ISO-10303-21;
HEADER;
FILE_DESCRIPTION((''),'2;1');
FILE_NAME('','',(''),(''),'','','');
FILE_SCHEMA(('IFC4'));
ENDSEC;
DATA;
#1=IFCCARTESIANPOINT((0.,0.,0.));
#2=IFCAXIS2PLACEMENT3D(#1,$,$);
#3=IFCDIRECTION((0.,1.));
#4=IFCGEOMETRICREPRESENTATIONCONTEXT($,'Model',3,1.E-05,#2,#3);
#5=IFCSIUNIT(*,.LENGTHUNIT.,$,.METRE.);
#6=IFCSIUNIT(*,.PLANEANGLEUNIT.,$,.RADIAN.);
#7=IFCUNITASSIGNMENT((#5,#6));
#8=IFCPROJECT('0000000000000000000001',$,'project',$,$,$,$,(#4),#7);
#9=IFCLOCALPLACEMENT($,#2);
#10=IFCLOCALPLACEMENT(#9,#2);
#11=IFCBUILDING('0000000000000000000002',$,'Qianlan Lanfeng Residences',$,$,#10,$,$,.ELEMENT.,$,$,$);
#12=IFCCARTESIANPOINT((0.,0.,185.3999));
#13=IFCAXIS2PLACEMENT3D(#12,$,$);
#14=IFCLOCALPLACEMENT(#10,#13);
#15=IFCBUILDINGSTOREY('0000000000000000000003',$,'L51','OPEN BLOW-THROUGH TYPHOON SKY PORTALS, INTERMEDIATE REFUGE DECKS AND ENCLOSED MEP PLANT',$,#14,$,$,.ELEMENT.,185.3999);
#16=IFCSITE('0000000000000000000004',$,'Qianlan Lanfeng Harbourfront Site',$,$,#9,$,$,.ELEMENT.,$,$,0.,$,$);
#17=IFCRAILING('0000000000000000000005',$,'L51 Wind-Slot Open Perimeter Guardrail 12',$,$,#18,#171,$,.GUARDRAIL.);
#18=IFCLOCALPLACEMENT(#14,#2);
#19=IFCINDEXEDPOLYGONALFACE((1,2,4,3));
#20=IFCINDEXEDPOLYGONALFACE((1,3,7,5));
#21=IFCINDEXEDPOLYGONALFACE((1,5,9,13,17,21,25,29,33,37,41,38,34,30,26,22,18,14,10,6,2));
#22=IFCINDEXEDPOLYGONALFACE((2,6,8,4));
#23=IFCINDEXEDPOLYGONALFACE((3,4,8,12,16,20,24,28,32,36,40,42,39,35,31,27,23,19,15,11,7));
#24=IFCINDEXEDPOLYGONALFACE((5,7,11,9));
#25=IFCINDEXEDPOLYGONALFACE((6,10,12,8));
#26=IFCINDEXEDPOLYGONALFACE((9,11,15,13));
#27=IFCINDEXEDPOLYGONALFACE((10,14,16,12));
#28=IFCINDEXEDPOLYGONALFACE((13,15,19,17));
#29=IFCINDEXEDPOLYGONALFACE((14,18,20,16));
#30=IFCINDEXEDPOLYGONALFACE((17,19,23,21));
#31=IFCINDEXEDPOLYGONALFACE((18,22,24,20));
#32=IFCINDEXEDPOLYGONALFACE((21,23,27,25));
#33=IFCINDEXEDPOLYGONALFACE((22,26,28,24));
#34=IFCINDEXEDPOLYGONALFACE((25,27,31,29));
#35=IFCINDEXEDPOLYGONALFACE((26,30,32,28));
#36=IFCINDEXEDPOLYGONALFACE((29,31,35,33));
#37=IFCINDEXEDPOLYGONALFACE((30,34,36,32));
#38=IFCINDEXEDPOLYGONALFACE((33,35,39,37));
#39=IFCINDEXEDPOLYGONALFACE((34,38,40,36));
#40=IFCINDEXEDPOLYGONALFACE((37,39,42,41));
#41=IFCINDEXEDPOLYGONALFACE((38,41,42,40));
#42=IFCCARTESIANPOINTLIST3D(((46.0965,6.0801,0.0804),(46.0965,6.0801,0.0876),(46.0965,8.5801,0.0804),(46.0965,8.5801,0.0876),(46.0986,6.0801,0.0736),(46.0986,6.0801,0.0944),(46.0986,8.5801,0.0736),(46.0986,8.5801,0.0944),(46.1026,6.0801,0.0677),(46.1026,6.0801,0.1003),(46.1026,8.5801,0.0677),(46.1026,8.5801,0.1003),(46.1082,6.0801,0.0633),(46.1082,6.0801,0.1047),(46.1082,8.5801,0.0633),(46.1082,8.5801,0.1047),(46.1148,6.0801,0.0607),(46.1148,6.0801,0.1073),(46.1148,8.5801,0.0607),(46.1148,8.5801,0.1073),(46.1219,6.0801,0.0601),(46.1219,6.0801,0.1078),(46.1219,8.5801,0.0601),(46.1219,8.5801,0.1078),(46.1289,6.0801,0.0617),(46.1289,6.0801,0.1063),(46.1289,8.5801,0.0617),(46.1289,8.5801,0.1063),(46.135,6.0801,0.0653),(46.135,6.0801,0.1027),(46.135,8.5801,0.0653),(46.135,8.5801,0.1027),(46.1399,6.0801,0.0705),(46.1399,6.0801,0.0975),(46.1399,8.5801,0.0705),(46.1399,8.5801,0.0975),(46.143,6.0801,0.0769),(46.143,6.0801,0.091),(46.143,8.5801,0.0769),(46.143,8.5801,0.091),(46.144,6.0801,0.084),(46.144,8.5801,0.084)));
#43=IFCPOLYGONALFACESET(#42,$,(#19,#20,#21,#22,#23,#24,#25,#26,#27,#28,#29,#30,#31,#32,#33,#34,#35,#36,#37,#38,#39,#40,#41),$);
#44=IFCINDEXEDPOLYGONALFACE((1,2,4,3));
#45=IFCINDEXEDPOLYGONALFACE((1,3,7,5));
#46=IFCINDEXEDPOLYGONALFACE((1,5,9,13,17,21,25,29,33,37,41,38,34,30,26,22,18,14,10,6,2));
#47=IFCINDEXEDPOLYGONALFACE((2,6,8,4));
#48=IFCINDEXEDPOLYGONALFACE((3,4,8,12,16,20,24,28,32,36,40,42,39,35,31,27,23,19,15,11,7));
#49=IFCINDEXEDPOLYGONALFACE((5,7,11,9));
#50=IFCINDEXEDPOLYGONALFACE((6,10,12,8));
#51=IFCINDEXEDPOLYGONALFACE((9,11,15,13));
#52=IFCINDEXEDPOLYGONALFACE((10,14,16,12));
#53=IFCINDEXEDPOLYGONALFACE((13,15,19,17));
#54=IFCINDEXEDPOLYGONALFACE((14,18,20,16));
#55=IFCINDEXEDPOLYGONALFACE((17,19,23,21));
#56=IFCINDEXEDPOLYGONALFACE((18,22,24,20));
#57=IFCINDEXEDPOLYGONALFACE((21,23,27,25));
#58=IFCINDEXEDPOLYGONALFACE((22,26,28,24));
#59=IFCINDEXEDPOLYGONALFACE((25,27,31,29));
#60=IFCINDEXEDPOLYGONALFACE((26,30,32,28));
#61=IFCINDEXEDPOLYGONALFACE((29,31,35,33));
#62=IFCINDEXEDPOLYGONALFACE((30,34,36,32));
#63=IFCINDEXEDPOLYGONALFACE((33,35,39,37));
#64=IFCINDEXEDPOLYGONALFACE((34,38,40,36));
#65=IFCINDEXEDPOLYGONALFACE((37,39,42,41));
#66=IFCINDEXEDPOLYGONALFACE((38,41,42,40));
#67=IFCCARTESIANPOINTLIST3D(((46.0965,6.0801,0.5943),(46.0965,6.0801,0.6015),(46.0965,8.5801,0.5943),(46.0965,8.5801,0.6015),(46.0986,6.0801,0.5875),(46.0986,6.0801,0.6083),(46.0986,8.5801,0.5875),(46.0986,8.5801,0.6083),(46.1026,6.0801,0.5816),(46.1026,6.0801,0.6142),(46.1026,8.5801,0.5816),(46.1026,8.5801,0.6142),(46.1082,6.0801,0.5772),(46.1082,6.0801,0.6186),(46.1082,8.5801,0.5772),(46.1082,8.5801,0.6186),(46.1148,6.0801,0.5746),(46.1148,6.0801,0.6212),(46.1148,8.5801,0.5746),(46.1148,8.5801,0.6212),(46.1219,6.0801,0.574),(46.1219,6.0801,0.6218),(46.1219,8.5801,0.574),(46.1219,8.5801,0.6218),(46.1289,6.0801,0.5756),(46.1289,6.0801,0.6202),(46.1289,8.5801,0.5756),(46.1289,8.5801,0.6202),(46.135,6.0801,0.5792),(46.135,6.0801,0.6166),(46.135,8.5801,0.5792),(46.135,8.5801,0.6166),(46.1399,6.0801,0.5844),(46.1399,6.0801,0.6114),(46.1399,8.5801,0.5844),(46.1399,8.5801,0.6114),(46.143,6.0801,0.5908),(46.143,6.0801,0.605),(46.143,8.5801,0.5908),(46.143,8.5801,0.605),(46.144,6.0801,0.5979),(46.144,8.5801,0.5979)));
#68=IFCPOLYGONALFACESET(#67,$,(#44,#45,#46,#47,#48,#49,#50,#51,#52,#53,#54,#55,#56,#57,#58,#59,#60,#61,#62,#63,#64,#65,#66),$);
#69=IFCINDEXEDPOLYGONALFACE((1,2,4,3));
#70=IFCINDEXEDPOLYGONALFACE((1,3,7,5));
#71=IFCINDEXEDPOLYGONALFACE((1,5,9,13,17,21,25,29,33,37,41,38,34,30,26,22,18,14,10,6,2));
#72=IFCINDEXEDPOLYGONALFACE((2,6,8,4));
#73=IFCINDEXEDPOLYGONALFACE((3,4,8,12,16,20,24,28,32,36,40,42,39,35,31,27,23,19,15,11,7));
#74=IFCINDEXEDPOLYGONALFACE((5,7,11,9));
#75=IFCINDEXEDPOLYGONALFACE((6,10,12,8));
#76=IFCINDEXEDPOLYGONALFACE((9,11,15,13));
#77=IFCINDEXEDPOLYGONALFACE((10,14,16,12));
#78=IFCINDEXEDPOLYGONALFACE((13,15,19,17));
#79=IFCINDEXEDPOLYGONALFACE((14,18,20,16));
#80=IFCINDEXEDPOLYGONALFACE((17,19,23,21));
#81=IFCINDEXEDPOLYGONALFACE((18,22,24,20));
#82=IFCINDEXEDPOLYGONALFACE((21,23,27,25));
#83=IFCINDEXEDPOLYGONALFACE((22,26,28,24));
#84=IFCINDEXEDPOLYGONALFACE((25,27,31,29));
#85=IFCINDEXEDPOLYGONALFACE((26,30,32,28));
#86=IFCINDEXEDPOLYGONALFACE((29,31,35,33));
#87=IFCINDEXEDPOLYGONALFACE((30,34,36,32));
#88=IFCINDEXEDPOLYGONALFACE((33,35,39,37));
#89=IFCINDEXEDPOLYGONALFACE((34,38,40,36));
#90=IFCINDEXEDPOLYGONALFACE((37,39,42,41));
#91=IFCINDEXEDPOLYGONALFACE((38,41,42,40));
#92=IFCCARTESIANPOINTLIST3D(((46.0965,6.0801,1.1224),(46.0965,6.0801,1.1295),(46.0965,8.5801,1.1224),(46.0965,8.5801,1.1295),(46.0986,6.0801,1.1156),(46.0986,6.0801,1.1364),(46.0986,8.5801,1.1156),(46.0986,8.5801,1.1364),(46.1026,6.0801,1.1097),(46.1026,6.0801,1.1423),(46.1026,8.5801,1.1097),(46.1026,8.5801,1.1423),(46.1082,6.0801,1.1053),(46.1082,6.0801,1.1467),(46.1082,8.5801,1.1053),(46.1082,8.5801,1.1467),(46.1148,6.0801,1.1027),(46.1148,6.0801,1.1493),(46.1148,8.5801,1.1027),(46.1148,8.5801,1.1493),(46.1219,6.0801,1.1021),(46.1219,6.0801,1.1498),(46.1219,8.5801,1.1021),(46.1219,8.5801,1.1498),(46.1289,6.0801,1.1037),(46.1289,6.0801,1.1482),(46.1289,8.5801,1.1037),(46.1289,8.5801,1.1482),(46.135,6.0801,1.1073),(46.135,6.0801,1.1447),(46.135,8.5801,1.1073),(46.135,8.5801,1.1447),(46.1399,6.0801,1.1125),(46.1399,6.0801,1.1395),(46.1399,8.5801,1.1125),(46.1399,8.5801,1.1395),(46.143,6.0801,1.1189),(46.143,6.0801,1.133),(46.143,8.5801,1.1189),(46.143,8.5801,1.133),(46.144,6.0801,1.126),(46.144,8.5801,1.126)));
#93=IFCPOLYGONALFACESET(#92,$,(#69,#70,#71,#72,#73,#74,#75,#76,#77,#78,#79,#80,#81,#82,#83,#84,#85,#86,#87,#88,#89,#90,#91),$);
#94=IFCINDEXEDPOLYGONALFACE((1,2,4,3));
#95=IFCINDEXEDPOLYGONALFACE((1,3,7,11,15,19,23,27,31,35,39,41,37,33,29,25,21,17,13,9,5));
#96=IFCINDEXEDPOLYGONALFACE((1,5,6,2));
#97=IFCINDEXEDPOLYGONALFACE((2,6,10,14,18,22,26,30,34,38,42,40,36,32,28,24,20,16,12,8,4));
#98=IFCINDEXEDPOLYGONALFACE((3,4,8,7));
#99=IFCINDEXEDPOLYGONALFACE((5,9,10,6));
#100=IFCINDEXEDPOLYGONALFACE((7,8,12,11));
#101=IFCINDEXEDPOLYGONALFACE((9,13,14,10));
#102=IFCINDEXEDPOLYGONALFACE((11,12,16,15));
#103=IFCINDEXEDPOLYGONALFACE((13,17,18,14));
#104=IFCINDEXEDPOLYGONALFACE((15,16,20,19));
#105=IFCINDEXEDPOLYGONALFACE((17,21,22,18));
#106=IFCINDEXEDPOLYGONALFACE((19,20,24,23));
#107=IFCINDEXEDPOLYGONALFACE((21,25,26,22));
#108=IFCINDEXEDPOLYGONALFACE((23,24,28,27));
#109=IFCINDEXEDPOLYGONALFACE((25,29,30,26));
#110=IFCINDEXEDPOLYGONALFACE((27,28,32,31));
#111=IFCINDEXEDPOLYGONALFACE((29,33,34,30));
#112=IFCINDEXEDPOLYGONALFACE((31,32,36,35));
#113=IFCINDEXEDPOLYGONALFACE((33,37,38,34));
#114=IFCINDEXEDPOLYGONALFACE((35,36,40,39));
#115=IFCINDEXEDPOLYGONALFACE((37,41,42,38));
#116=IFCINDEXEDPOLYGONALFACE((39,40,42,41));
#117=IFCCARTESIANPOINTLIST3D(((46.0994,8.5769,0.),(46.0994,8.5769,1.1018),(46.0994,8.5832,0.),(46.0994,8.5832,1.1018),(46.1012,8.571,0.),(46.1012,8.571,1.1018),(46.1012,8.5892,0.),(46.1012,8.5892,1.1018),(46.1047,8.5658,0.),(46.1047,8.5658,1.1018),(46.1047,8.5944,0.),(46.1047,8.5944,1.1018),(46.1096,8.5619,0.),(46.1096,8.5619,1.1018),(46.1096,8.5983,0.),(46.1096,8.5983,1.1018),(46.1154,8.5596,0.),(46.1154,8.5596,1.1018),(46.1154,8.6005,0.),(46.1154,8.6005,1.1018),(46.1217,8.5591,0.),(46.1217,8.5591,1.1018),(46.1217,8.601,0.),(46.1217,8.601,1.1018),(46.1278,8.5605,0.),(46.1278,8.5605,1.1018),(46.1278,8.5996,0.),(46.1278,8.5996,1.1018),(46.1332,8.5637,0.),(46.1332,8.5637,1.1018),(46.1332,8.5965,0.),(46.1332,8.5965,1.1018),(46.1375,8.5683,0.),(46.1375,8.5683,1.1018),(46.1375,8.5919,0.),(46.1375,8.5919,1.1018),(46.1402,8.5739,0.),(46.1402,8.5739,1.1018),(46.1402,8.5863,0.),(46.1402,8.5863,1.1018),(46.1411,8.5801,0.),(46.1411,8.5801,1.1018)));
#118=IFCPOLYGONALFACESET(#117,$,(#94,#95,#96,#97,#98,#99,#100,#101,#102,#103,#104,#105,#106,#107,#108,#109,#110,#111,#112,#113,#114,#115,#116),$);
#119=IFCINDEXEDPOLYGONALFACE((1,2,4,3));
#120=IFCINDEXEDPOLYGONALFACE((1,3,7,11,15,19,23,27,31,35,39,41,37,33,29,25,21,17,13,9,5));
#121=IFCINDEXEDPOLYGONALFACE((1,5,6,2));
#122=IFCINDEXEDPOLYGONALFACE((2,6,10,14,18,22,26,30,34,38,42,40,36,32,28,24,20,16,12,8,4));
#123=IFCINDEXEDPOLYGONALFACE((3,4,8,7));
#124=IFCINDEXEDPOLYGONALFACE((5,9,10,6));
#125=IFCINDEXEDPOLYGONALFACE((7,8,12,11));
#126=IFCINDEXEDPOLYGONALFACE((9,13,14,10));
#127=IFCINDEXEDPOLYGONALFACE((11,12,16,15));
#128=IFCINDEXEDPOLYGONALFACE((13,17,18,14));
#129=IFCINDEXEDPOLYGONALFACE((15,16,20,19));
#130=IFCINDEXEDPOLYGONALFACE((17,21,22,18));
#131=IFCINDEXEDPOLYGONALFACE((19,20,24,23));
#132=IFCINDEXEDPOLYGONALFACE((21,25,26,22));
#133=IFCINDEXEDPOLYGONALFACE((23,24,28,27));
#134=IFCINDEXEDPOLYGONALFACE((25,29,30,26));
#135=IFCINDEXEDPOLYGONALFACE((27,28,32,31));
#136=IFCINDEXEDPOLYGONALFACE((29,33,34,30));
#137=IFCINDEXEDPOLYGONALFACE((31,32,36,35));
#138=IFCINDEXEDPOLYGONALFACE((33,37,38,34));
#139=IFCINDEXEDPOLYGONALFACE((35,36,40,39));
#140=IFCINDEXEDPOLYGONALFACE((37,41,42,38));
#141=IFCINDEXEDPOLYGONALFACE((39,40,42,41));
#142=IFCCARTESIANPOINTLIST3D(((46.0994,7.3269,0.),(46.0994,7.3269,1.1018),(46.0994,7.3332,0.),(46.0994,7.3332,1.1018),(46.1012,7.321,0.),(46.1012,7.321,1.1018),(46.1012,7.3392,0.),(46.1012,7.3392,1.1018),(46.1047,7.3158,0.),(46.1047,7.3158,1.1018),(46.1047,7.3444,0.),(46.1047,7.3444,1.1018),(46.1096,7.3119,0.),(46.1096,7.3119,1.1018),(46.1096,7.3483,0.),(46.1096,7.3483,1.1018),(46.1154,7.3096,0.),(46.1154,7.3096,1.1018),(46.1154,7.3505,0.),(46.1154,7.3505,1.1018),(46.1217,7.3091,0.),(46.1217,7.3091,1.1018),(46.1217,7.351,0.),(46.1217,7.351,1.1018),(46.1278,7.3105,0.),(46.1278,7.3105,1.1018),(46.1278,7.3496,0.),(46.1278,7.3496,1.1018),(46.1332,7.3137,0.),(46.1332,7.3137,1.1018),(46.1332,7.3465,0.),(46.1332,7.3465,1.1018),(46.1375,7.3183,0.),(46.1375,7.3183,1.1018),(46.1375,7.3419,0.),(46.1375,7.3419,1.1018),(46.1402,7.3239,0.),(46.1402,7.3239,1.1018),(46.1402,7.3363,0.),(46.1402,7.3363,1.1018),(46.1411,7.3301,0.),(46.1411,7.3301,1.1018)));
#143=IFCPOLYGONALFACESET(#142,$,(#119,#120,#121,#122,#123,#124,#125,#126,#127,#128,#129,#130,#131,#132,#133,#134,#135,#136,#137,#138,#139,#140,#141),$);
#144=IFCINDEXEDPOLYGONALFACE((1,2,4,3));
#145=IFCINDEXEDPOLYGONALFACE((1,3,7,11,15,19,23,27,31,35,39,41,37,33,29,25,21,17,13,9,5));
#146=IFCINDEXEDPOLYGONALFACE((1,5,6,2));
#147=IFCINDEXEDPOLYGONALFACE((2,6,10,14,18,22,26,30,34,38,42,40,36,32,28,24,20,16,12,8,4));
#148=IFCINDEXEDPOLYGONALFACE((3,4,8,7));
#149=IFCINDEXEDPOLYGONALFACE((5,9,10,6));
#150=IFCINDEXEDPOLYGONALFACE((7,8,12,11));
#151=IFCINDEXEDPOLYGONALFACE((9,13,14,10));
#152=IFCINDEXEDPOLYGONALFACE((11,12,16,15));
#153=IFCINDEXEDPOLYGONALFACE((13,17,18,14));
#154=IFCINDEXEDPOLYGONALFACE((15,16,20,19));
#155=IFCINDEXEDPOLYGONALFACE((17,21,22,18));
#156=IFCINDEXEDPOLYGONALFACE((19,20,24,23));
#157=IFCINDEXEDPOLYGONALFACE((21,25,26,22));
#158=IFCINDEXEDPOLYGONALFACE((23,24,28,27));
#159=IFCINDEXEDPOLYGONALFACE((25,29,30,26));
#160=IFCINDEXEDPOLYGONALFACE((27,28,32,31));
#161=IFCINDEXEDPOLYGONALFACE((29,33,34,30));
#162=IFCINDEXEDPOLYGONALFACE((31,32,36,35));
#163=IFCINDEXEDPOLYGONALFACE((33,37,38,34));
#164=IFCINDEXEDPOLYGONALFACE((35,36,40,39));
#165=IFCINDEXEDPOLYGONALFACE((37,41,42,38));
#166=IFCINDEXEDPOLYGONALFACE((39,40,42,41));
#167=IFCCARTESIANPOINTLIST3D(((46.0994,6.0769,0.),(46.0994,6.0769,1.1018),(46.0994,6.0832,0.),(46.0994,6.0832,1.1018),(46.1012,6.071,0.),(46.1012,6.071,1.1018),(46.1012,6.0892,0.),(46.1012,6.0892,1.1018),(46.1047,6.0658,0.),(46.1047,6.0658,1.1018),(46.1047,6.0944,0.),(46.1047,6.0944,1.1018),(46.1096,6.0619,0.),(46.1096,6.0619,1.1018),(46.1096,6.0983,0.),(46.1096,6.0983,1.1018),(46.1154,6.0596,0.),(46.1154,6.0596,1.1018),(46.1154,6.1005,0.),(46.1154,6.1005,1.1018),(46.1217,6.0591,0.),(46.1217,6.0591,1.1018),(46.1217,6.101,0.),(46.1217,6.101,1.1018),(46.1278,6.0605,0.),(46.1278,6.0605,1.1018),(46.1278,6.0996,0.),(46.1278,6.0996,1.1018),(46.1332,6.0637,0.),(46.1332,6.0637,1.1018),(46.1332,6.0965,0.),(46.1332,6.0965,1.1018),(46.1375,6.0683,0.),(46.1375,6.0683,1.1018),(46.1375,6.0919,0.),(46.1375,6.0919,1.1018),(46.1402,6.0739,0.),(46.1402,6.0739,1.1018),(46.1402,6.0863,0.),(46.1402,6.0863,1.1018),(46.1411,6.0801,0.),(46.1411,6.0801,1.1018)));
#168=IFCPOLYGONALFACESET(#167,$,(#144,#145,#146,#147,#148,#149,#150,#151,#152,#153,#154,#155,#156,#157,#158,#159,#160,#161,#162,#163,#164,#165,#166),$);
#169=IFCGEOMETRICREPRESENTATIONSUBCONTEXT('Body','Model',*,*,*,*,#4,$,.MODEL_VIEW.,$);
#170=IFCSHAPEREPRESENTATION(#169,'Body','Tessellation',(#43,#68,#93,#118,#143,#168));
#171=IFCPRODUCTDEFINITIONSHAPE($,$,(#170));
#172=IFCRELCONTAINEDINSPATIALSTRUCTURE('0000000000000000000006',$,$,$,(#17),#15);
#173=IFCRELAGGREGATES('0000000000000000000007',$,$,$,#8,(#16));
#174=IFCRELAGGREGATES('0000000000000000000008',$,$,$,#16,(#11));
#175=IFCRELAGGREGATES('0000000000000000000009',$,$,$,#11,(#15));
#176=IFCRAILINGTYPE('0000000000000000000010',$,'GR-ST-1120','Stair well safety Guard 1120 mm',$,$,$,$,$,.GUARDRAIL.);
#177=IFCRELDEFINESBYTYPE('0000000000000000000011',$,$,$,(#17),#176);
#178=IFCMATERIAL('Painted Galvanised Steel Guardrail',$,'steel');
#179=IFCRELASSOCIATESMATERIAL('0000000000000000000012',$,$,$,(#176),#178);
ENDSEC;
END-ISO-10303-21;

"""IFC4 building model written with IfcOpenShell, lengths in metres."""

from ifc_helpers import new_model, si_unit, direction, frame, origin, origin_2d, place, context, subcontext, project, spatial, circle, extrude, material, type_object, element, save


model = new_model("IFC4")

# Units and contexts
model_context = context("Model", 3, precision=1e-05, world=origin(), true_north=direction((0.0, 1.0)))
body_context = subcontext(model_context, "Body", "Model", "MODEL_VIEW")
ifc_project = project(units=[si_unit("LENGTHUNIT", "METRE"), si_unit("PLANEANGLEUNIT", "RADIAN")], contexts=[model_context])

# Site, building, storey
site_placement = place(None, origin())
site = spatial("IfcSite", under=ifc_project, at=site_placement, Name="Qianlan Lanfeng Harbourfront Site", CompositionType="ELEMENT", RefElevation=0.0)
building_placement = place(site_placement, origin())
building = spatial("IfcBuilding", under=site, at=building_placement, Name="Qianlan Lanfeng Residences", CompositionType="ELEMENT")
storey_placement = place(building_placement, frame((0.0, 0.0, 185.3999)))
storey = spatial("IfcBuildingStorey", under=building, at=storey_placement, Name="L51", Description="OPEN BLOW-THROUGH TYPHOON SKY PORTALS, INTERMEDIATE REFUGE DECKS AND ENCLOSED MEP PLANT", CompositionType="ELEMENT", Elevation=185.3999)

# Railing
ifc_material_1 = material(Name="Painted Galvanised Steel Guardrail", Category="steel")
railing_type = type_object("IfcRailingType", Name="GR-ST-1120", Description="Stair well safety Guard 1120 mm", PredefinedType="GUARDRAIL", material=ifc_material_1)
railing_1_placement = place(storey_placement, frame((46.1201, 8.5801, 0.0)))
element("IfcRailing", 1, at=railing_1_placement, inside=storey, type_object=railing_type, Name="L51 Wind-Slot Open Perimeter Guardrail 12", PredefinedType="GUARDRAIL", context=body_context, shape_type="SweptSolid", body=[
    extrude(circle(Radius=0.0239, at=origin_2d()), frame((0.0, 0.0, 0.084), z_axis=(0.0, -1.0, 0.0), x_axis=(1.0, 0.0, 0.0)), (0.0, 0.0, 1.0), 2.5),
    extrude(circle(Radius=0.0239, at=origin_2d()), frame((0.0, 0.0, 0.5979), z_axis=(0.0, -1.0, 0.0), x_axis=(1.0, 0.0, 0.0)), (0.0, 0.0, 1.0), 2.5),
    extrude(circle(Radius=0.0239, at=origin_2d()), frame((0.0, 0.0, 1.126), z_axis=(0.0, -1.0, 0.0), x_axis=(1.0, 0.0, 0.0)), (0.0, 0.0, 1.0), 2.5),
    extrude(circle(Radius=0.021, at=origin_2d()), origin(), (0.0, 0.0, 1.0), 1.1018),
    extrude(circle(Radius=0.021, at=origin_2d()), frame((0.0, -1.25, 0.0)), (0.0, 0.0, 1.0), 1.1018),
    extrude(circle(Radius=0.021, at=origin_2d()), frame((0.0, -2.5, 0.0)), (0.0, 0.0, 1.0), 1.1018),
])

save(model, "model.ifc")
